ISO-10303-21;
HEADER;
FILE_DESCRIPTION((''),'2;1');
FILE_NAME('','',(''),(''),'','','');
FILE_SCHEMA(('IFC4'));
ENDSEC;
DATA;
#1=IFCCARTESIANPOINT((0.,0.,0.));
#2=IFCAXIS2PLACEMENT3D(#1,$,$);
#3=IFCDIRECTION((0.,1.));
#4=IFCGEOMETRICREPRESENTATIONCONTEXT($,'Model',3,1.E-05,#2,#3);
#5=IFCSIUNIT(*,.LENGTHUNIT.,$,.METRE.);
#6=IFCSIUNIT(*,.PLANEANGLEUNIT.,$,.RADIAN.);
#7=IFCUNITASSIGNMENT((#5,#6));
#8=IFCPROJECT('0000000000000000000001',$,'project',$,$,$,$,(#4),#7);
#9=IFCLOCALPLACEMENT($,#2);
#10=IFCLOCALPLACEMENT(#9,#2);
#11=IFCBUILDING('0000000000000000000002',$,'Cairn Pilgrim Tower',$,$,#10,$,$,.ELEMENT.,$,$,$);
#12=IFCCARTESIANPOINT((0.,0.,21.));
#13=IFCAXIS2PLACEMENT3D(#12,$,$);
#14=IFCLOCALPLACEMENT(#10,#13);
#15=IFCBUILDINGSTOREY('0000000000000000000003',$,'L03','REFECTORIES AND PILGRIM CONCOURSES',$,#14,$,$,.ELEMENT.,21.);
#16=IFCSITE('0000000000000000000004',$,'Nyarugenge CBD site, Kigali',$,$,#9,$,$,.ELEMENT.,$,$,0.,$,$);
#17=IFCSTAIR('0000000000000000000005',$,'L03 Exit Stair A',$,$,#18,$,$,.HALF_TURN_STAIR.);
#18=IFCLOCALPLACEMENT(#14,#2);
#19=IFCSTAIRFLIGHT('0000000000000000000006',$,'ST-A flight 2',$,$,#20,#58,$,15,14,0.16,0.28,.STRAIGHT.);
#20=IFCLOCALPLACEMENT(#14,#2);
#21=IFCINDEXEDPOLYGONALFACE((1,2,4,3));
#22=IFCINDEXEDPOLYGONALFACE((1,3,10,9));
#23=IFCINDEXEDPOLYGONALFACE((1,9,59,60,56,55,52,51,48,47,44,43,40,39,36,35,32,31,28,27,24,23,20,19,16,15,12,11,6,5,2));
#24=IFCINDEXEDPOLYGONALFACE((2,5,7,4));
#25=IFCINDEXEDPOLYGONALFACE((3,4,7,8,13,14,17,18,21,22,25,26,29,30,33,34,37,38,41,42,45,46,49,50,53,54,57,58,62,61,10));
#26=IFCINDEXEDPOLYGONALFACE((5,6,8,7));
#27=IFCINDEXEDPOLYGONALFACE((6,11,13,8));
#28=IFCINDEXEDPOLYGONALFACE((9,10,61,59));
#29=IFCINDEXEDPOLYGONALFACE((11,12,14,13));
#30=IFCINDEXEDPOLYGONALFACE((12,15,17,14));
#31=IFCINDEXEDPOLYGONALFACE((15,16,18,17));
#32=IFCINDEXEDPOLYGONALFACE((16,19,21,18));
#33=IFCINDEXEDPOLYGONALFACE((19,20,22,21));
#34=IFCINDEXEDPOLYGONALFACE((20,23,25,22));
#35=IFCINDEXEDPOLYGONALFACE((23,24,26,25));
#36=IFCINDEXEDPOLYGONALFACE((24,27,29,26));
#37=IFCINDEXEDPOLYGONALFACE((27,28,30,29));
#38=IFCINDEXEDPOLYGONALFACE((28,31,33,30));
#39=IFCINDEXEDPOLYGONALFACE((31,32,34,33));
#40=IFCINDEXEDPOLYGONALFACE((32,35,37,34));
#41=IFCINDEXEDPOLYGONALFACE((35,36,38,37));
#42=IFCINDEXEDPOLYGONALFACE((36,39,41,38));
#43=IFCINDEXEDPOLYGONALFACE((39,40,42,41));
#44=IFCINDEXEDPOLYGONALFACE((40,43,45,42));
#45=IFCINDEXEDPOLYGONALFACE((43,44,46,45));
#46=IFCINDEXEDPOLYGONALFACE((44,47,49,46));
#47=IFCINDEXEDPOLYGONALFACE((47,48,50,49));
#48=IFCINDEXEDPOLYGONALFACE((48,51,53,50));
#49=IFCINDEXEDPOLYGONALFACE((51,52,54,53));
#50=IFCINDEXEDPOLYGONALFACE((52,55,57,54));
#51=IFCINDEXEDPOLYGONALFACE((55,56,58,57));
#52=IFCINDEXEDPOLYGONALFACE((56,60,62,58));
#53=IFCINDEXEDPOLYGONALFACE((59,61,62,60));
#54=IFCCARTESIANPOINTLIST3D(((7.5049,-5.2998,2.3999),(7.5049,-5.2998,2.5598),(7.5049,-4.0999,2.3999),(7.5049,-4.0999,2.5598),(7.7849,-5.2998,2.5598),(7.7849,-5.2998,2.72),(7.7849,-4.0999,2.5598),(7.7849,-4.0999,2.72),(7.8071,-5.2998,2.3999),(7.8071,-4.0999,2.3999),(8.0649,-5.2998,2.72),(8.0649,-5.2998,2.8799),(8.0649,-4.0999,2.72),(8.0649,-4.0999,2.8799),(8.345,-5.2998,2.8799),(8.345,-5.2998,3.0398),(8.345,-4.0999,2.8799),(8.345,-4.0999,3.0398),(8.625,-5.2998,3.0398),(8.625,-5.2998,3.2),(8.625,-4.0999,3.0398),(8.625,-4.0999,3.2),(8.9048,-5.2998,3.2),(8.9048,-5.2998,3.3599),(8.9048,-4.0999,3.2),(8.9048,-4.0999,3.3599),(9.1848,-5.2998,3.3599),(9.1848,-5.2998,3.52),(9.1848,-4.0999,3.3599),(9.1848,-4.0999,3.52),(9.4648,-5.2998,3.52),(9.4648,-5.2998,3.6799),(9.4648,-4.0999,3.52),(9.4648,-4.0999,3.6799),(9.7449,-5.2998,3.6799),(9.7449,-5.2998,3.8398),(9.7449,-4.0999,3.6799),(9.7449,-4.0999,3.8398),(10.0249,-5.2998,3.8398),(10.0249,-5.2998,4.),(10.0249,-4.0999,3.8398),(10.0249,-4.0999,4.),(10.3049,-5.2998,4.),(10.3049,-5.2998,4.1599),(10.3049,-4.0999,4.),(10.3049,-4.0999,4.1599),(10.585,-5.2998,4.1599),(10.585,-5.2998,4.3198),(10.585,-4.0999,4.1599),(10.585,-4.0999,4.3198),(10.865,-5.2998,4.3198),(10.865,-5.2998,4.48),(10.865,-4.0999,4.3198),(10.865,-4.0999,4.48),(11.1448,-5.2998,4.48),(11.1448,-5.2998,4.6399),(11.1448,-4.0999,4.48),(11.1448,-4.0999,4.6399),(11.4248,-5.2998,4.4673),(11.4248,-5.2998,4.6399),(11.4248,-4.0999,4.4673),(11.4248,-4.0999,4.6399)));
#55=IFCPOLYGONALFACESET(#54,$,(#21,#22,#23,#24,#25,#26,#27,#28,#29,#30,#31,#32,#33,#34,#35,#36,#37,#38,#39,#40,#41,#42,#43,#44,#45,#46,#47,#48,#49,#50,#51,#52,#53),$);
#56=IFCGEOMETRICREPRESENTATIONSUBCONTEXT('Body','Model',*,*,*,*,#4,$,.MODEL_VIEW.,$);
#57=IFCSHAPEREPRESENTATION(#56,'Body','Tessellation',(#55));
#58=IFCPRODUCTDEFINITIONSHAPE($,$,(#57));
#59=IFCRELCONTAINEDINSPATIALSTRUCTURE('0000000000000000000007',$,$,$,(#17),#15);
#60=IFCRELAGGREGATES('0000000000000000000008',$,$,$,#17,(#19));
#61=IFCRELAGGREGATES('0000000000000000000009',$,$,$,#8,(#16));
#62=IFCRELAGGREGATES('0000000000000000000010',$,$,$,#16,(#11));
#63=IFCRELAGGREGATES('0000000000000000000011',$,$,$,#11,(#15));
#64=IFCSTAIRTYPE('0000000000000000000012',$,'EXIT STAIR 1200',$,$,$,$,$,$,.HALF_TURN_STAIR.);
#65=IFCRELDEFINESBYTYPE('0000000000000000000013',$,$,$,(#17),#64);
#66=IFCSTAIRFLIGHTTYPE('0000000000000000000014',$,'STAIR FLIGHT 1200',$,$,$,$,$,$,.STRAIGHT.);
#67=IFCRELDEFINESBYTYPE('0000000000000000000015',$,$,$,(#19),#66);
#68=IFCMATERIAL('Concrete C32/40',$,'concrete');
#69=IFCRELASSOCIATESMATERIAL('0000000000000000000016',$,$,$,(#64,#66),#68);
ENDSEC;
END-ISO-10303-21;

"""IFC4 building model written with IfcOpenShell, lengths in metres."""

from ifc_helpers import new_model, si_unit, direction, frame, origin, place, context, subcontext, project, spatial, polyline, outline, extrude, material, type_object, element, aggregate, save


model = new_model("IFC4")

# Units and contexts
model_context = context("Model", 3, precision=1e-05, world=origin(), true_north=direction((0.0, 1.0)))
body_context = subcontext(model_context, "Body", "Model", "MODEL_VIEW")
ifc_project = project(units=[si_unit("LENGTHUNIT", "METRE"), si_unit("PLANEANGLEUNIT", "RADIAN")], contexts=[model_context])

# Site, building, storey
site_placement = place(None, origin())
site = spatial("IfcSite", under=ifc_project, at=site_placement, Name="Nyarugenge CBD site, Kigali", CompositionType="ELEMENT", RefElevation=0.0)
building_placement = place(site_placement, origin())
building = spatial("IfcBuilding", under=site, at=building_placement, Name="Cairn Pilgrim Tower", CompositionType="ELEMENT")
storey_placement = place(building_placement, frame((0.0, 0.0, 21.0)))
storey = spatial("IfcBuildingStorey", under=building, at=storey_placement, Name="L03", Description="REFECTORIES AND PILGRIM CONCOURSES", CompositionType="ELEMENT", Elevation=21.0)

# Shared definitions
ifc_material_1 = material(Name="Concrete C32/40", Category="concrete")

# Stair, stair flight
stair_type = type_object("IfcStairType", Name="EXIT STAIR 1200", PredefinedType="HALF_TURN_STAIR", material=ifc_material_1)
stair_placement = place(storey_placement, origin())
stair = element("IfcStair", 1, at=stair_placement, inside=storey, type_object=stair_type, Name="L03 Exit Stair A", PredefinedType="HALF_TURN_STAIR")
stair_flight_type = type_object("IfcStairFlightType", Name="STAIR FLIGHT 1200", PredefinedType="STRAIGHT", material=ifc_material_1)
stair_flight_1_placement = place(storey_placement, frame((7.5049, -4.7, 2.3999), z_axis=(0.0, 0.0, 1.0), x_axis=(1.0, 0.0, 0.0)))
stair_flight_1 = element("IfcStairFlight", 2, at=stair_flight_1_placement, type_object=stair_flight_type, Name="ST-A flight 2", NumberOfRisers=15, NumberOfTreads=14, PredefinedType="STRAIGHT", RiserHeight=0.16, TreadLength=0.28, context=body_context, shape_type="SweptSolid", body=[
    extrude(outline(polyline([(0.0, 0.0), (0.0, 0.1599), (0.28, 0.1599), (0.28, 0.3201), (0.5601, 0.3201), (0.5601, 0.48), (0.8401, 0.48), (0.8401, 0.6399), (1.1201, 0.6399), (1.1201, 0.8), (1.3999, 0.8), (1.3999, 0.96), (1.6799, 0.96), (1.6799, 1.1201), (1.96, 1.1201), (1.96, 1.28), (2.24, 1.28), (2.24, 1.4399), (2.52, 1.4399), (2.52, 1.6001), (2.8, 1.6001), (2.8, 1.76), (3.0801, 1.76), (3.0801, 1.9199), (3.3601, 1.9199), (3.3601, 2.0801), (3.6399, 2.0801), (3.6399, 2.24), (3.9199, 2.24), (3.9199, 2.3999), (3.9199, 2.0674), (0.3022, 0.0), (0.0, 0.0)])), frame((0.0, 0.6001, 0.0), z_axis=(0.0, -1.0, 0.0), x_axis=(1.0, 0.0, 0.0)), (0.0, 0.0, 1.0), 1.2),
])
aggregate(stair, [stair_flight_1])

save(model, "model.ifc")
